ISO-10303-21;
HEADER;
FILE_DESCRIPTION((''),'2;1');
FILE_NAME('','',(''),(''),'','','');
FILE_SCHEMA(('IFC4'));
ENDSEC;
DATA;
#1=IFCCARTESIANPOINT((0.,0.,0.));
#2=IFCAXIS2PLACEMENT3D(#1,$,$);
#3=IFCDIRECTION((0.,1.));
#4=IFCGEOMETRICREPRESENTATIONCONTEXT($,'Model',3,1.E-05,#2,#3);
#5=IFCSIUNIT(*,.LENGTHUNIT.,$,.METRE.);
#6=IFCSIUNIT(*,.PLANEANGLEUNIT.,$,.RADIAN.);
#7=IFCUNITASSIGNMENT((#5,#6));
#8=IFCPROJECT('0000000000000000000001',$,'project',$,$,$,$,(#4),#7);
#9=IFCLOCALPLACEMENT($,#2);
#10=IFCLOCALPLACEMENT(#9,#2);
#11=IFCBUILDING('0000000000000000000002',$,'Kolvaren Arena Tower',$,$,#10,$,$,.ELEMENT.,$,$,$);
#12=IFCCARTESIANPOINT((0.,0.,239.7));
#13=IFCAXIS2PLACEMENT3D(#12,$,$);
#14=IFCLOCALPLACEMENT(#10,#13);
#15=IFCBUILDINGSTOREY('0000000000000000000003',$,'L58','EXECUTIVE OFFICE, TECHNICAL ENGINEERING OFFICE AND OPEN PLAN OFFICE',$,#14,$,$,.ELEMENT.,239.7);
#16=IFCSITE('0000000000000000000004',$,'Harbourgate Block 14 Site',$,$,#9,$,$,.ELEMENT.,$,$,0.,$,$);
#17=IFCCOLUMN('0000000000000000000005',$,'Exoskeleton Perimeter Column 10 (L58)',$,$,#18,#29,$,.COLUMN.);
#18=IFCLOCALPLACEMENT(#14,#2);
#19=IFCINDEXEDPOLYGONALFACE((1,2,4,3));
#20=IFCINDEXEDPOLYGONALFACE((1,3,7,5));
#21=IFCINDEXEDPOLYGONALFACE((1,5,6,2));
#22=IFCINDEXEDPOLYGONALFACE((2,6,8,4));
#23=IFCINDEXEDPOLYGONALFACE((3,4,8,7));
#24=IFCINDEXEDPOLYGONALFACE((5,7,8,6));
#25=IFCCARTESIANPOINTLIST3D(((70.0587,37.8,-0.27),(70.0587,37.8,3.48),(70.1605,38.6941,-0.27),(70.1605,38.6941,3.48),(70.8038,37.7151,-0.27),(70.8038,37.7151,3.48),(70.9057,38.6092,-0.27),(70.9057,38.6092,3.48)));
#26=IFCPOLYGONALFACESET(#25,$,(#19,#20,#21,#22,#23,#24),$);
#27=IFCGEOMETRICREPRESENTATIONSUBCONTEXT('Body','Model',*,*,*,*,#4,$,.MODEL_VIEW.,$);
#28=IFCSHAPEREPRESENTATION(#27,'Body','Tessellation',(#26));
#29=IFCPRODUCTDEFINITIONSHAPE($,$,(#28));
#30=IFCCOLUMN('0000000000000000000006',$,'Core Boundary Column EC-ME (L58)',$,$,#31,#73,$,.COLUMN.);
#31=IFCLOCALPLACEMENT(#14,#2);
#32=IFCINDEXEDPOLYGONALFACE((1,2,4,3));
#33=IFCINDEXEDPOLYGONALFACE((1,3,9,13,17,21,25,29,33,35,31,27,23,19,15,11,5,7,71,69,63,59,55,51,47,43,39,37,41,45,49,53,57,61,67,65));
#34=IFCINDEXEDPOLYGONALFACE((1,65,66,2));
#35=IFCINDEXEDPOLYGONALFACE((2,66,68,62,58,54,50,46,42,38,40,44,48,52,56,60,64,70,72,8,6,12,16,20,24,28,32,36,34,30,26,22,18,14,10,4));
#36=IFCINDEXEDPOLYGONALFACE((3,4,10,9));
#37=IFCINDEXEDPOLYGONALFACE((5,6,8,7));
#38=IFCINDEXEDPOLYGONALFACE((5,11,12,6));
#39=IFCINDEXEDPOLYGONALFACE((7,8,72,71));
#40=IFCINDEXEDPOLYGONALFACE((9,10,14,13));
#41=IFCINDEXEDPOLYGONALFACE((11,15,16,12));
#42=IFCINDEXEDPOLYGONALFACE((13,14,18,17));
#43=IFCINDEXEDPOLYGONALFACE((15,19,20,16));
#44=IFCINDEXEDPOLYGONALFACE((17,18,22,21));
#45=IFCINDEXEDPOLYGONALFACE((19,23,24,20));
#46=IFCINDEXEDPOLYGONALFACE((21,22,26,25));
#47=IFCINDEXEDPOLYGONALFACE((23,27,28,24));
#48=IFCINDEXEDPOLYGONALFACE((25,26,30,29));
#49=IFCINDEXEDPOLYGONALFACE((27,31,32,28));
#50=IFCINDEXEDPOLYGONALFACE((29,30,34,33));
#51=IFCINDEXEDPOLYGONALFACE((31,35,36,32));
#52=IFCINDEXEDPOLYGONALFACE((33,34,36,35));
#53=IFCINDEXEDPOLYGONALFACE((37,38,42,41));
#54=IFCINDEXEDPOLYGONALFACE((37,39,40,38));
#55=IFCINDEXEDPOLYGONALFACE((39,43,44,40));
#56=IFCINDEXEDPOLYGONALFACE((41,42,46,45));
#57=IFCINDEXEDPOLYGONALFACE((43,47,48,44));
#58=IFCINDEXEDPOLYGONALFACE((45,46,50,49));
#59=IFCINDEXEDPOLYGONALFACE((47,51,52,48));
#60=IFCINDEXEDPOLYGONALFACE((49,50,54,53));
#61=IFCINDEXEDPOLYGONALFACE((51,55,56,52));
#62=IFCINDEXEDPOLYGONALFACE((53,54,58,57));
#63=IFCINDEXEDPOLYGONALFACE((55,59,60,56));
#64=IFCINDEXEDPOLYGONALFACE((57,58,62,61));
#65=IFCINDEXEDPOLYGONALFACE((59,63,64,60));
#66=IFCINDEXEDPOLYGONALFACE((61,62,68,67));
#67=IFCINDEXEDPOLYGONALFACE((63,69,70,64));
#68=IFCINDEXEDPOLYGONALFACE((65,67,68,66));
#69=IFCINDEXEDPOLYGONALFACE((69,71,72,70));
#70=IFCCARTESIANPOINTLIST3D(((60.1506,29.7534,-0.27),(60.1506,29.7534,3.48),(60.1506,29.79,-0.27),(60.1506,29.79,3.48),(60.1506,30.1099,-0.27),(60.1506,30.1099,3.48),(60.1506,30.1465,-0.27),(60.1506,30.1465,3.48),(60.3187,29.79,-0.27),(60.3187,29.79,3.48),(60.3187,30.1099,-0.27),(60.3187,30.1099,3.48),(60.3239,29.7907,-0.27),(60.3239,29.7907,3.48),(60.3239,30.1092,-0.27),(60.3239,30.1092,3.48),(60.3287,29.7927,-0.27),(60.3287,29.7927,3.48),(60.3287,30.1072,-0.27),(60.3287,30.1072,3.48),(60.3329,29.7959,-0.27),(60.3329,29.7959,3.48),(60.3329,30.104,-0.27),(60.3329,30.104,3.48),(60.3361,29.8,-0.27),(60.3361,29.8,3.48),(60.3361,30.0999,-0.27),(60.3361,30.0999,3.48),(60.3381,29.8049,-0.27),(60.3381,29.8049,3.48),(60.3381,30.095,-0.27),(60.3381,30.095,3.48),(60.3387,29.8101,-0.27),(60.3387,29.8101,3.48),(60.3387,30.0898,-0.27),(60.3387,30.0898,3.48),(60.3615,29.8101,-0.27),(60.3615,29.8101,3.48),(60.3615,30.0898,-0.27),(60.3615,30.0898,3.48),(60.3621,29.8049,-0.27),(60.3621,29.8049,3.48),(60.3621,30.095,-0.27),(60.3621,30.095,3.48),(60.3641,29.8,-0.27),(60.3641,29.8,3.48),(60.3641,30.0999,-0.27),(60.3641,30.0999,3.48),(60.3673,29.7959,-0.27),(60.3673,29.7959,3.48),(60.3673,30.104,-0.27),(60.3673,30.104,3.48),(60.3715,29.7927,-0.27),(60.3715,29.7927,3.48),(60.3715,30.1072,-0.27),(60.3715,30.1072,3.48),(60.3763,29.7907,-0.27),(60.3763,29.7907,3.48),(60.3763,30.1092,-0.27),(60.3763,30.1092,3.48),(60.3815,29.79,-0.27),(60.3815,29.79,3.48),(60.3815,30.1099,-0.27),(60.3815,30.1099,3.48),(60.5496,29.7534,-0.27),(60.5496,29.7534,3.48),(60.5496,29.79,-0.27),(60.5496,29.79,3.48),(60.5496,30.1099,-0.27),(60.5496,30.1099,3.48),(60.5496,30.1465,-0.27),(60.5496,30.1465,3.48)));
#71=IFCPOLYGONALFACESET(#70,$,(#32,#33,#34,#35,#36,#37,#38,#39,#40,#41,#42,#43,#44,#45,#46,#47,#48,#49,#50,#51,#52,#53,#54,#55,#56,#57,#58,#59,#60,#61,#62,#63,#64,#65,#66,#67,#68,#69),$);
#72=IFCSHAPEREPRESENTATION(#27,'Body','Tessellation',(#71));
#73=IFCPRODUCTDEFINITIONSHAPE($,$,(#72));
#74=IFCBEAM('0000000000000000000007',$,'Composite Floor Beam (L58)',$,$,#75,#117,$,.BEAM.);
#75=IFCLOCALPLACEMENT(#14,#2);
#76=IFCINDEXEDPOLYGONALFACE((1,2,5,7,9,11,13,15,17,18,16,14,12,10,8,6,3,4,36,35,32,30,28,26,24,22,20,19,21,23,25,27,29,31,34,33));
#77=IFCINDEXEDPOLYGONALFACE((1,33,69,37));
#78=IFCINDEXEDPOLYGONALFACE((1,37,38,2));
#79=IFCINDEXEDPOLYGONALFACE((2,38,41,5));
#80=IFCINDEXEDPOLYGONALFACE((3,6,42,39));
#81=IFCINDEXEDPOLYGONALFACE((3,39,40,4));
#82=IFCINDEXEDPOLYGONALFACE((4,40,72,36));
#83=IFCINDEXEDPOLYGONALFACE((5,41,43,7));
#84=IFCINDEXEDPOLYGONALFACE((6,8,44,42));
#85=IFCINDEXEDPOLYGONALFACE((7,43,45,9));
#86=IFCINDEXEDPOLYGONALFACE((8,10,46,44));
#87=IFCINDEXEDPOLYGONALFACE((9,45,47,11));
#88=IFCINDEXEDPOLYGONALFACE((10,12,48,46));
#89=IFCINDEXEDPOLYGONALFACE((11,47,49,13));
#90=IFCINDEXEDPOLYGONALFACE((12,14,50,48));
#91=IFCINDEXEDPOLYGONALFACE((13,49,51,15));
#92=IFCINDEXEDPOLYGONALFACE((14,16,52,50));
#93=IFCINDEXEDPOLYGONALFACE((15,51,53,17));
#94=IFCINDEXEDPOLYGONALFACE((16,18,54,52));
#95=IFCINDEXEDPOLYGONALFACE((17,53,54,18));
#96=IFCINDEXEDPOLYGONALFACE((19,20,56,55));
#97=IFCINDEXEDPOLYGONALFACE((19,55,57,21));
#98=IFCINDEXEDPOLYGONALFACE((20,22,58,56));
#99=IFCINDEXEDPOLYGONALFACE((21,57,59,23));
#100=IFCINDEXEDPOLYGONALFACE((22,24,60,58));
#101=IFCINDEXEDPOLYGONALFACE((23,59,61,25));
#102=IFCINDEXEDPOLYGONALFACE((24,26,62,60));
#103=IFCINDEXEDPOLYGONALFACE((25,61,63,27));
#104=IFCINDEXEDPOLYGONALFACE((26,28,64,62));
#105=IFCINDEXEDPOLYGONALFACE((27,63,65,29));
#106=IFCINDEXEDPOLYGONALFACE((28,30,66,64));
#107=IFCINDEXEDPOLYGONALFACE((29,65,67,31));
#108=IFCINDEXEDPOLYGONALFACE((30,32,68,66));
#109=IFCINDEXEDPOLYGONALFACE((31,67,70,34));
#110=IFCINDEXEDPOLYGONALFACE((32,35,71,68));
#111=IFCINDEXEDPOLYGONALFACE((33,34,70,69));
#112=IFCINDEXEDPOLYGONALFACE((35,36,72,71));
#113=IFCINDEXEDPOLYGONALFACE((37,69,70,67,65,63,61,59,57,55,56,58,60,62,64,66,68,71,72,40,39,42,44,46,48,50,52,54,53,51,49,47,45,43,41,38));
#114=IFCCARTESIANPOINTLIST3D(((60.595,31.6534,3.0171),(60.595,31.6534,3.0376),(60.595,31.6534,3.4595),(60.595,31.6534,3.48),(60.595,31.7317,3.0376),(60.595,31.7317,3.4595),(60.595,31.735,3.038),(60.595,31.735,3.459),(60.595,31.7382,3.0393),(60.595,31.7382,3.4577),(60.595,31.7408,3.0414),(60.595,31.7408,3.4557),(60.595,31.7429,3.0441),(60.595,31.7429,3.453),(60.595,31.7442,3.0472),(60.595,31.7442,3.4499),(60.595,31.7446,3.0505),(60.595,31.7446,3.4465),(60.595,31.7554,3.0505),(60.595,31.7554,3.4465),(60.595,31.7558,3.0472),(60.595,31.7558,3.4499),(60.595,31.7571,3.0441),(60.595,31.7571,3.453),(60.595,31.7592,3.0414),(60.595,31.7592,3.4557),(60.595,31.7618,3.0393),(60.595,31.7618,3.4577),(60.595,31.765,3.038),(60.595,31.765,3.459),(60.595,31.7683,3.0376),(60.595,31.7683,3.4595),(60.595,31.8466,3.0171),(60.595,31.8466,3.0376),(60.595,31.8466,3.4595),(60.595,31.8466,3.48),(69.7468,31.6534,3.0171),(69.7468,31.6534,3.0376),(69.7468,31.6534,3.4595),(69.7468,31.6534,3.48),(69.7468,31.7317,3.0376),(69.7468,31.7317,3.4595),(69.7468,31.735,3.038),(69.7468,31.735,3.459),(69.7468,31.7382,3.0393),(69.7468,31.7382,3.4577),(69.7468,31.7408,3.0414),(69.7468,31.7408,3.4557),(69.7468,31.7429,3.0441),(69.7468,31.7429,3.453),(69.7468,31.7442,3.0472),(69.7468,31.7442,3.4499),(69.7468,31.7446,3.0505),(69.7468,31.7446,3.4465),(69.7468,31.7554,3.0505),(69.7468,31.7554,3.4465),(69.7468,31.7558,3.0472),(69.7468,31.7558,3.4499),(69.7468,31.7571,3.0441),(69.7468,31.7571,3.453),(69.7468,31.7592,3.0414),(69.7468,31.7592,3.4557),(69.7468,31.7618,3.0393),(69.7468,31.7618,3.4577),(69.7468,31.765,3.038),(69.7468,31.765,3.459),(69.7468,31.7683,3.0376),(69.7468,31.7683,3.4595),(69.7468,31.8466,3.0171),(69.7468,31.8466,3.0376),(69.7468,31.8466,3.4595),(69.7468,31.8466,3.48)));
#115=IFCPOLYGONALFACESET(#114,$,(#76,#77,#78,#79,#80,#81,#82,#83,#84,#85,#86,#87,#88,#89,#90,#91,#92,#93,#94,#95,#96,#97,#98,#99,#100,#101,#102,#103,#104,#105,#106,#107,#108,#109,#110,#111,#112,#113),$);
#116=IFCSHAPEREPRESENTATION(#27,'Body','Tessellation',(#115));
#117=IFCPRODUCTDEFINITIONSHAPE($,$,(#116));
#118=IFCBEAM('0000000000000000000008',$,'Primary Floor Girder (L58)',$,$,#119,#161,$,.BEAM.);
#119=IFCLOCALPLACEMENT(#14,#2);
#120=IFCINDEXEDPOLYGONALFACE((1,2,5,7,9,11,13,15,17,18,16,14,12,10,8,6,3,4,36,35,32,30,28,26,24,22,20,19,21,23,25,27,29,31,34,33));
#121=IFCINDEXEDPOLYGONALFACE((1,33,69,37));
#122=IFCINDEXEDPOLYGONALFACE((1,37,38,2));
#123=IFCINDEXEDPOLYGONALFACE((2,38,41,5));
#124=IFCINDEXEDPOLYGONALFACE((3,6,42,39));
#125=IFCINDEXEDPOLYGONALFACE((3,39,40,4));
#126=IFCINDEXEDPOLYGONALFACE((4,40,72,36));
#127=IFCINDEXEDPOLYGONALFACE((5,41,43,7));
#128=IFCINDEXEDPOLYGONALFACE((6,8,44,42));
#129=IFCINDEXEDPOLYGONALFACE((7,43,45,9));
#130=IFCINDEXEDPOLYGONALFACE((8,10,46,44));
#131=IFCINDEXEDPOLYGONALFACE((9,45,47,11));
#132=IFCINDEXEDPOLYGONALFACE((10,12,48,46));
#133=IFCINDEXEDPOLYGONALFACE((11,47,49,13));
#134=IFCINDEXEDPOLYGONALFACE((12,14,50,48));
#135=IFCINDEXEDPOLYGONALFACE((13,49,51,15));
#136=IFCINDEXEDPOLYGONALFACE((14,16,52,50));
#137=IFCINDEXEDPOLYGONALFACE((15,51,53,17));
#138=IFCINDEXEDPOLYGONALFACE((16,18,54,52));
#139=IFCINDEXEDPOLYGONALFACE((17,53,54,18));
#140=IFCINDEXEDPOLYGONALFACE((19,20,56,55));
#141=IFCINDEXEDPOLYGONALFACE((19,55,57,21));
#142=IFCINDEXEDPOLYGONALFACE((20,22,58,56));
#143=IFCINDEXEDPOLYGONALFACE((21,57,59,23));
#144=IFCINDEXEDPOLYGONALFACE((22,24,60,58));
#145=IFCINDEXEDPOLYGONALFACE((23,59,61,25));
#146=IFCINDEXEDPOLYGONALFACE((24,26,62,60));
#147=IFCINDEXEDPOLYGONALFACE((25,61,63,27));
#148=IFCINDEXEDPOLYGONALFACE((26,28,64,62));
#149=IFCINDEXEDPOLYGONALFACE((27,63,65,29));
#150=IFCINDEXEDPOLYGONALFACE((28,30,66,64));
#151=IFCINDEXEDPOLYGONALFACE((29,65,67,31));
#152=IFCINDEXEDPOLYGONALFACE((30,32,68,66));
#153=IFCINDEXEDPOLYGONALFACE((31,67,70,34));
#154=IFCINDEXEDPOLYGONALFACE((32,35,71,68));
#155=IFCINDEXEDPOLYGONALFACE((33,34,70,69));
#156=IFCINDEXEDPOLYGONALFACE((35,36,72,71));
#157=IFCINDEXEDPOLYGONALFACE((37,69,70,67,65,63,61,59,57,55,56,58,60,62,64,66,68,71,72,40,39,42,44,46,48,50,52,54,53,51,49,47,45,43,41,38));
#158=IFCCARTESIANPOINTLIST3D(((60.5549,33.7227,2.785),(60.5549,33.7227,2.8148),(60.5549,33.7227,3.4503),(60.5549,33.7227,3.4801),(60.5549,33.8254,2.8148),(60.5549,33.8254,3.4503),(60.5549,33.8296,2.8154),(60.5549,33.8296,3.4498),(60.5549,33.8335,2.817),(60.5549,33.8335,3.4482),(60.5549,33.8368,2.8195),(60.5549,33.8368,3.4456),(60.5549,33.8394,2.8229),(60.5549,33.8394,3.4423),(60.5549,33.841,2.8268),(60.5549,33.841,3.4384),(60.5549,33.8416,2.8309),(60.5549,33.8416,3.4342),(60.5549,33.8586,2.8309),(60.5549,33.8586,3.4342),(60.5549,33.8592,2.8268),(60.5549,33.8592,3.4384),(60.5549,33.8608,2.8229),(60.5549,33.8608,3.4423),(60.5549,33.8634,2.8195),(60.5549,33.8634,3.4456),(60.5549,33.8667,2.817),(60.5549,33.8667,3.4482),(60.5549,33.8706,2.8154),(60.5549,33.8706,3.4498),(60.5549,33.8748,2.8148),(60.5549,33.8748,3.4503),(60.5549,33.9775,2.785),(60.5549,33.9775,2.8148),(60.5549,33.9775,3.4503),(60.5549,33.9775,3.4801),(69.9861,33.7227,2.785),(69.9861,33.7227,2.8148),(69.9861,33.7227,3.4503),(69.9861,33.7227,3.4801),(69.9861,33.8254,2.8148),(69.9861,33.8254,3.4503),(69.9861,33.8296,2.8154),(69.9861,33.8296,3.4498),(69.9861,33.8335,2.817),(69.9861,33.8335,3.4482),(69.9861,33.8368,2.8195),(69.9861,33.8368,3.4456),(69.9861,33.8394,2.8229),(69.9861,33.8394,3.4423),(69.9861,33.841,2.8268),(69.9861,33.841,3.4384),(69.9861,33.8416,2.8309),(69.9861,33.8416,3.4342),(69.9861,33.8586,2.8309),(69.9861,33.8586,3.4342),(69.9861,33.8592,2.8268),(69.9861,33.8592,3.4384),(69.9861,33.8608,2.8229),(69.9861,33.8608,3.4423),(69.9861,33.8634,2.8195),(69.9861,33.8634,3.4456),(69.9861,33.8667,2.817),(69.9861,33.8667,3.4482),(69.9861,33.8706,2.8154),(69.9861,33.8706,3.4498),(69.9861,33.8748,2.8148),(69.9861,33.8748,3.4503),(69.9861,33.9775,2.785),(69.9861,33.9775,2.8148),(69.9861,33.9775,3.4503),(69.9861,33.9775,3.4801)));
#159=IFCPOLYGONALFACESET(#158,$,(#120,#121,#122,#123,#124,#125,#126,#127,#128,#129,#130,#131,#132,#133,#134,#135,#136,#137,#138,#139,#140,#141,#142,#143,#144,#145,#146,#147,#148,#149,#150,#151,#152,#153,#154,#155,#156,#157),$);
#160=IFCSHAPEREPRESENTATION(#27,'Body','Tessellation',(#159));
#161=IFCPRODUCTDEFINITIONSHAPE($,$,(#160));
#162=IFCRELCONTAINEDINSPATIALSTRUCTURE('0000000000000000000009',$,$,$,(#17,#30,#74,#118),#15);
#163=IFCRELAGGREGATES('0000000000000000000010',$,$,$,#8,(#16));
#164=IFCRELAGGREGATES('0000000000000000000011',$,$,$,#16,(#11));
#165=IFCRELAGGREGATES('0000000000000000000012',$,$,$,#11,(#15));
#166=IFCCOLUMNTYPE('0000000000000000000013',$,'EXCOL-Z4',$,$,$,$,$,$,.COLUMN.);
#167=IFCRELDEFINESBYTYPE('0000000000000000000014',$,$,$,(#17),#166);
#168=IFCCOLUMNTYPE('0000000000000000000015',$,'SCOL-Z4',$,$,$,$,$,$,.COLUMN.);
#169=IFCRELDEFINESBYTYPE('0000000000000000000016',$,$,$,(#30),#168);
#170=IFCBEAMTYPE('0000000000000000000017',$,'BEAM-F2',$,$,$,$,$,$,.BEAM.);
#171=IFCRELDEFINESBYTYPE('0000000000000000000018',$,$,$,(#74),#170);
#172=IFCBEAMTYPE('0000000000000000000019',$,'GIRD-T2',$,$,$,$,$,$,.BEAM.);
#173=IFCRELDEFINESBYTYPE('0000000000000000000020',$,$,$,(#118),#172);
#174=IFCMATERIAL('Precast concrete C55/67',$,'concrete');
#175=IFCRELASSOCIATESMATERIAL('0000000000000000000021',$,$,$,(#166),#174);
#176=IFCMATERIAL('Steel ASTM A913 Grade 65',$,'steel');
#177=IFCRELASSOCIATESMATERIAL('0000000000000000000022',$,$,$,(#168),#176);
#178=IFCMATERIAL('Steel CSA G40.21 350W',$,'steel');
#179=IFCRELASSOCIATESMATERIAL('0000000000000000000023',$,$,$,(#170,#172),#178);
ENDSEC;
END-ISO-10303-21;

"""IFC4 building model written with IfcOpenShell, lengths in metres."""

from ifc_helpers import new_model, si_unit, direction, frame, origin, origin_2d, place, context, subcontext, project, spatial, rectangle, i_section, extrude, material, material_profile, profile_set, type_object, element, save


model = new_model("IFC4")

# Units and contexts
model_context = context("Model", 3, precision=1e-05, world=origin(), true_north=direction((0.0, 1.0)))
body_context = subcontext(model_context, "Body", "Model", "MODEL_VIEW")
ifc_project = project(units=[si_unit("LENGTHUNIT", "METRE"), si_unit("PLANEANGLEUNIT", "RADIAN")], contexts=[model_context])

# Site, building, storey
site_placement = place(None, origin())
site = spatial("IfcSite", under=ifc_project, at=site_placement, Name="Harbourgate Block 14 Site", CompositionType="ELEMENT", RefElevation=0.0)
building_placement = place(site_placement, origin())
building = spatial("IfcBuilding", under=site, at=building_placement, Name="Kolvaren Arena Tower", CompositionType="ELEMENT")
storey_placement = place(building_placement, frame((0.0, 0.0, 239.7)))
storey = spatial("IfcBuildingStorey", under=building, at=storey_placement, Name="L58", Description="EXECUTIVE OFFICE, TECHNICAL ENGINEERING OFFICE AND OPEN PLAN OFFICE", CompositionType="ELEMENT", Elevation=239.7)

# Columns
ifc_material_1 = material(Name="Precast concrete C55/67", Category="concrete")
ifc_material_profile_1 = material_profile(ifc_material_1, rectangle(XDim=0.8999, YDim=0.75, at=origin_2d()), Name="RC-900x750")
ifc_profile_set_1 = profile_set([ifc_material_profile_1], Name="Precast concrete C55/67")
column_type_1 = type_object("IfcColumnType", Name="EXCOL-Z4", PredefinedType="COLUMN", material=ifc_profile_set_1)
column_1_placement = place(storey_placement, frame((70.4822, 38.2046, -0.27), z_axis=(0.0, 0.0, 1.0), x_axis=(0.113203, 0.993572, 0.0)))
element("IfcColumn", 1, at=column_1_placement, inside=storey, type_object=column_type_1, Name="Exoskeleton Perimeter Column 10 (L58)", PredefinedType="COLUMN", context=body_context, shape_type="SweptSolid", body=[
    extrude(rectangle(XDim=0.8999, YDim=0.75, at=origin_2d()), origin(), (0.0, 0.0, 1.0), 3.75),
])
ifc_material_2 = material(Name="Steel ASTM A913 Grade 65", Category="steel")
ifc_material_profile_2 = material_profile(ifc_material_2, i_section(OverallWidth=0.3989, OverallDepth=0.3931, WebThickness=0.0227, FlangeThickness=0.0366, FilletRadius=0.02, at=origin_2d()), Name="W360x287")
ifc_profile_set_2 = profile_set([ifc_material_profile_2], Name="Steel ASTM A913 Grade 65")
column_type_2 = type_object("IfcColumnType", Name="SCOL-Z4", PredefinedType="COLUMN", material=ifc_profile_set_2)
column_2_placement = place(storey_placement, frame((60.3501, 29.95, -0.27), z_axis=(0.0, 0.0, 1.0), x_axis=(1.0, 0.0, 0.0)))
element("IfcColumn", 2, at=column_2_placement, inside=storey, type_object=column_type_2, Name="Core Boundary Column EC-ME (L58)", PredefinedType="COLUMN", context=body_context, shape_type="SweptSolid", body=[
    extrude(i_section(OverallWidth=0.3989, OverallDepth=0.3931, WebThickness=0.0227, FlangeThickness=0.0366, FilletRadius=0.02, at=origin_2d()), origin(), (0.0, 0.0, 1.0), 3.75),
])

# Beams
ifc_material_3 = material(Name="Steel CSA G40.21 350W", Category="steel")
ifc_material_profile_3 = material_profile(ifc_material_3, i_section(OverallWidth=0.1931, OverallDepth=0.4629, WebThickness=0.0107, FlangeThickness=0.0205, FilletRadius=0.0129, at=origin_2d()), Name="W460x113")
ifc_profile_set_3 = profile_set([ifc_material_profile_3], Name="Steel CSA G40.21 350W")
beam_type_1 = type_object("IfcBeamType", Name="BEAM-F2", PredefinedType="BEAM", material=ifc_profile_set_3)
beam_1_placement = place(storey_placement, frame((60.595, 31.75, 3.2485), z_axis=(1.0, 0.0, 0.0), x_axis=(0.0, 1.0, 0.0)))
element("IfcBeam", 3, at=beam_1_placement, inside=storey, type_object=beam_type_1, Name="Composite Floor Beam (L58)", PredefinedType="BEAM", context=body_context, shape_type="SweptSolid", body=[
    extrude(i_section(OverallWidth=0.1931, OverallDepth=0.4629, WebThickness=0.0107, FlangeThickness=0.0205, FilletRadius=0.0129, at=origin_2d()), origin(), (0.0, 0.0, 1.0), 9.1519),
])
ifc_material_profile_4 = material_profile(ifc_material_3, i_section(OverallWidth=0.2549, OverallDepth=0.6951, WebThickness=0.0171, FlangeThickness=0.0298, FilletRadius=0.0161, at=origin_2d()), Name="W690x217")
ifc_profile_set_4 = profile_set([ifc_material_profile_4], Name="Steel CSA G40.21 350W")
beam_type_2 = type_object("IfcBeamType", Name="GIRD-T2", PredefinedType="BEAM", material=ifc_profile_set_4)
beam_2_placement = place(storey_placement, frame((60.5549, 33.8501, 3.1326), z_axis=(1.0, 0.0, 0.0), x_axis=(0.0, 1.0, 0.0)))
element("IfcBeam", 4, at=beam_2_placement, inside=storey, type_object=beam_type_2, Name="Primary Floor Girder (L58)", PredefinedType="BEAM", context=body_context, shape_type="SweptSolid", body=[
    extrude(i_section(OverallWidth=0.2549, OverallDepth=0.6951, WebThickness=0.0171, FlangeThickness=0.0298, FilletRadius=0.0161, at=origin_2d()), origin(), (0.0, 0.0, 1.0), 9.4312),
])

save(model, "model.ifc")
